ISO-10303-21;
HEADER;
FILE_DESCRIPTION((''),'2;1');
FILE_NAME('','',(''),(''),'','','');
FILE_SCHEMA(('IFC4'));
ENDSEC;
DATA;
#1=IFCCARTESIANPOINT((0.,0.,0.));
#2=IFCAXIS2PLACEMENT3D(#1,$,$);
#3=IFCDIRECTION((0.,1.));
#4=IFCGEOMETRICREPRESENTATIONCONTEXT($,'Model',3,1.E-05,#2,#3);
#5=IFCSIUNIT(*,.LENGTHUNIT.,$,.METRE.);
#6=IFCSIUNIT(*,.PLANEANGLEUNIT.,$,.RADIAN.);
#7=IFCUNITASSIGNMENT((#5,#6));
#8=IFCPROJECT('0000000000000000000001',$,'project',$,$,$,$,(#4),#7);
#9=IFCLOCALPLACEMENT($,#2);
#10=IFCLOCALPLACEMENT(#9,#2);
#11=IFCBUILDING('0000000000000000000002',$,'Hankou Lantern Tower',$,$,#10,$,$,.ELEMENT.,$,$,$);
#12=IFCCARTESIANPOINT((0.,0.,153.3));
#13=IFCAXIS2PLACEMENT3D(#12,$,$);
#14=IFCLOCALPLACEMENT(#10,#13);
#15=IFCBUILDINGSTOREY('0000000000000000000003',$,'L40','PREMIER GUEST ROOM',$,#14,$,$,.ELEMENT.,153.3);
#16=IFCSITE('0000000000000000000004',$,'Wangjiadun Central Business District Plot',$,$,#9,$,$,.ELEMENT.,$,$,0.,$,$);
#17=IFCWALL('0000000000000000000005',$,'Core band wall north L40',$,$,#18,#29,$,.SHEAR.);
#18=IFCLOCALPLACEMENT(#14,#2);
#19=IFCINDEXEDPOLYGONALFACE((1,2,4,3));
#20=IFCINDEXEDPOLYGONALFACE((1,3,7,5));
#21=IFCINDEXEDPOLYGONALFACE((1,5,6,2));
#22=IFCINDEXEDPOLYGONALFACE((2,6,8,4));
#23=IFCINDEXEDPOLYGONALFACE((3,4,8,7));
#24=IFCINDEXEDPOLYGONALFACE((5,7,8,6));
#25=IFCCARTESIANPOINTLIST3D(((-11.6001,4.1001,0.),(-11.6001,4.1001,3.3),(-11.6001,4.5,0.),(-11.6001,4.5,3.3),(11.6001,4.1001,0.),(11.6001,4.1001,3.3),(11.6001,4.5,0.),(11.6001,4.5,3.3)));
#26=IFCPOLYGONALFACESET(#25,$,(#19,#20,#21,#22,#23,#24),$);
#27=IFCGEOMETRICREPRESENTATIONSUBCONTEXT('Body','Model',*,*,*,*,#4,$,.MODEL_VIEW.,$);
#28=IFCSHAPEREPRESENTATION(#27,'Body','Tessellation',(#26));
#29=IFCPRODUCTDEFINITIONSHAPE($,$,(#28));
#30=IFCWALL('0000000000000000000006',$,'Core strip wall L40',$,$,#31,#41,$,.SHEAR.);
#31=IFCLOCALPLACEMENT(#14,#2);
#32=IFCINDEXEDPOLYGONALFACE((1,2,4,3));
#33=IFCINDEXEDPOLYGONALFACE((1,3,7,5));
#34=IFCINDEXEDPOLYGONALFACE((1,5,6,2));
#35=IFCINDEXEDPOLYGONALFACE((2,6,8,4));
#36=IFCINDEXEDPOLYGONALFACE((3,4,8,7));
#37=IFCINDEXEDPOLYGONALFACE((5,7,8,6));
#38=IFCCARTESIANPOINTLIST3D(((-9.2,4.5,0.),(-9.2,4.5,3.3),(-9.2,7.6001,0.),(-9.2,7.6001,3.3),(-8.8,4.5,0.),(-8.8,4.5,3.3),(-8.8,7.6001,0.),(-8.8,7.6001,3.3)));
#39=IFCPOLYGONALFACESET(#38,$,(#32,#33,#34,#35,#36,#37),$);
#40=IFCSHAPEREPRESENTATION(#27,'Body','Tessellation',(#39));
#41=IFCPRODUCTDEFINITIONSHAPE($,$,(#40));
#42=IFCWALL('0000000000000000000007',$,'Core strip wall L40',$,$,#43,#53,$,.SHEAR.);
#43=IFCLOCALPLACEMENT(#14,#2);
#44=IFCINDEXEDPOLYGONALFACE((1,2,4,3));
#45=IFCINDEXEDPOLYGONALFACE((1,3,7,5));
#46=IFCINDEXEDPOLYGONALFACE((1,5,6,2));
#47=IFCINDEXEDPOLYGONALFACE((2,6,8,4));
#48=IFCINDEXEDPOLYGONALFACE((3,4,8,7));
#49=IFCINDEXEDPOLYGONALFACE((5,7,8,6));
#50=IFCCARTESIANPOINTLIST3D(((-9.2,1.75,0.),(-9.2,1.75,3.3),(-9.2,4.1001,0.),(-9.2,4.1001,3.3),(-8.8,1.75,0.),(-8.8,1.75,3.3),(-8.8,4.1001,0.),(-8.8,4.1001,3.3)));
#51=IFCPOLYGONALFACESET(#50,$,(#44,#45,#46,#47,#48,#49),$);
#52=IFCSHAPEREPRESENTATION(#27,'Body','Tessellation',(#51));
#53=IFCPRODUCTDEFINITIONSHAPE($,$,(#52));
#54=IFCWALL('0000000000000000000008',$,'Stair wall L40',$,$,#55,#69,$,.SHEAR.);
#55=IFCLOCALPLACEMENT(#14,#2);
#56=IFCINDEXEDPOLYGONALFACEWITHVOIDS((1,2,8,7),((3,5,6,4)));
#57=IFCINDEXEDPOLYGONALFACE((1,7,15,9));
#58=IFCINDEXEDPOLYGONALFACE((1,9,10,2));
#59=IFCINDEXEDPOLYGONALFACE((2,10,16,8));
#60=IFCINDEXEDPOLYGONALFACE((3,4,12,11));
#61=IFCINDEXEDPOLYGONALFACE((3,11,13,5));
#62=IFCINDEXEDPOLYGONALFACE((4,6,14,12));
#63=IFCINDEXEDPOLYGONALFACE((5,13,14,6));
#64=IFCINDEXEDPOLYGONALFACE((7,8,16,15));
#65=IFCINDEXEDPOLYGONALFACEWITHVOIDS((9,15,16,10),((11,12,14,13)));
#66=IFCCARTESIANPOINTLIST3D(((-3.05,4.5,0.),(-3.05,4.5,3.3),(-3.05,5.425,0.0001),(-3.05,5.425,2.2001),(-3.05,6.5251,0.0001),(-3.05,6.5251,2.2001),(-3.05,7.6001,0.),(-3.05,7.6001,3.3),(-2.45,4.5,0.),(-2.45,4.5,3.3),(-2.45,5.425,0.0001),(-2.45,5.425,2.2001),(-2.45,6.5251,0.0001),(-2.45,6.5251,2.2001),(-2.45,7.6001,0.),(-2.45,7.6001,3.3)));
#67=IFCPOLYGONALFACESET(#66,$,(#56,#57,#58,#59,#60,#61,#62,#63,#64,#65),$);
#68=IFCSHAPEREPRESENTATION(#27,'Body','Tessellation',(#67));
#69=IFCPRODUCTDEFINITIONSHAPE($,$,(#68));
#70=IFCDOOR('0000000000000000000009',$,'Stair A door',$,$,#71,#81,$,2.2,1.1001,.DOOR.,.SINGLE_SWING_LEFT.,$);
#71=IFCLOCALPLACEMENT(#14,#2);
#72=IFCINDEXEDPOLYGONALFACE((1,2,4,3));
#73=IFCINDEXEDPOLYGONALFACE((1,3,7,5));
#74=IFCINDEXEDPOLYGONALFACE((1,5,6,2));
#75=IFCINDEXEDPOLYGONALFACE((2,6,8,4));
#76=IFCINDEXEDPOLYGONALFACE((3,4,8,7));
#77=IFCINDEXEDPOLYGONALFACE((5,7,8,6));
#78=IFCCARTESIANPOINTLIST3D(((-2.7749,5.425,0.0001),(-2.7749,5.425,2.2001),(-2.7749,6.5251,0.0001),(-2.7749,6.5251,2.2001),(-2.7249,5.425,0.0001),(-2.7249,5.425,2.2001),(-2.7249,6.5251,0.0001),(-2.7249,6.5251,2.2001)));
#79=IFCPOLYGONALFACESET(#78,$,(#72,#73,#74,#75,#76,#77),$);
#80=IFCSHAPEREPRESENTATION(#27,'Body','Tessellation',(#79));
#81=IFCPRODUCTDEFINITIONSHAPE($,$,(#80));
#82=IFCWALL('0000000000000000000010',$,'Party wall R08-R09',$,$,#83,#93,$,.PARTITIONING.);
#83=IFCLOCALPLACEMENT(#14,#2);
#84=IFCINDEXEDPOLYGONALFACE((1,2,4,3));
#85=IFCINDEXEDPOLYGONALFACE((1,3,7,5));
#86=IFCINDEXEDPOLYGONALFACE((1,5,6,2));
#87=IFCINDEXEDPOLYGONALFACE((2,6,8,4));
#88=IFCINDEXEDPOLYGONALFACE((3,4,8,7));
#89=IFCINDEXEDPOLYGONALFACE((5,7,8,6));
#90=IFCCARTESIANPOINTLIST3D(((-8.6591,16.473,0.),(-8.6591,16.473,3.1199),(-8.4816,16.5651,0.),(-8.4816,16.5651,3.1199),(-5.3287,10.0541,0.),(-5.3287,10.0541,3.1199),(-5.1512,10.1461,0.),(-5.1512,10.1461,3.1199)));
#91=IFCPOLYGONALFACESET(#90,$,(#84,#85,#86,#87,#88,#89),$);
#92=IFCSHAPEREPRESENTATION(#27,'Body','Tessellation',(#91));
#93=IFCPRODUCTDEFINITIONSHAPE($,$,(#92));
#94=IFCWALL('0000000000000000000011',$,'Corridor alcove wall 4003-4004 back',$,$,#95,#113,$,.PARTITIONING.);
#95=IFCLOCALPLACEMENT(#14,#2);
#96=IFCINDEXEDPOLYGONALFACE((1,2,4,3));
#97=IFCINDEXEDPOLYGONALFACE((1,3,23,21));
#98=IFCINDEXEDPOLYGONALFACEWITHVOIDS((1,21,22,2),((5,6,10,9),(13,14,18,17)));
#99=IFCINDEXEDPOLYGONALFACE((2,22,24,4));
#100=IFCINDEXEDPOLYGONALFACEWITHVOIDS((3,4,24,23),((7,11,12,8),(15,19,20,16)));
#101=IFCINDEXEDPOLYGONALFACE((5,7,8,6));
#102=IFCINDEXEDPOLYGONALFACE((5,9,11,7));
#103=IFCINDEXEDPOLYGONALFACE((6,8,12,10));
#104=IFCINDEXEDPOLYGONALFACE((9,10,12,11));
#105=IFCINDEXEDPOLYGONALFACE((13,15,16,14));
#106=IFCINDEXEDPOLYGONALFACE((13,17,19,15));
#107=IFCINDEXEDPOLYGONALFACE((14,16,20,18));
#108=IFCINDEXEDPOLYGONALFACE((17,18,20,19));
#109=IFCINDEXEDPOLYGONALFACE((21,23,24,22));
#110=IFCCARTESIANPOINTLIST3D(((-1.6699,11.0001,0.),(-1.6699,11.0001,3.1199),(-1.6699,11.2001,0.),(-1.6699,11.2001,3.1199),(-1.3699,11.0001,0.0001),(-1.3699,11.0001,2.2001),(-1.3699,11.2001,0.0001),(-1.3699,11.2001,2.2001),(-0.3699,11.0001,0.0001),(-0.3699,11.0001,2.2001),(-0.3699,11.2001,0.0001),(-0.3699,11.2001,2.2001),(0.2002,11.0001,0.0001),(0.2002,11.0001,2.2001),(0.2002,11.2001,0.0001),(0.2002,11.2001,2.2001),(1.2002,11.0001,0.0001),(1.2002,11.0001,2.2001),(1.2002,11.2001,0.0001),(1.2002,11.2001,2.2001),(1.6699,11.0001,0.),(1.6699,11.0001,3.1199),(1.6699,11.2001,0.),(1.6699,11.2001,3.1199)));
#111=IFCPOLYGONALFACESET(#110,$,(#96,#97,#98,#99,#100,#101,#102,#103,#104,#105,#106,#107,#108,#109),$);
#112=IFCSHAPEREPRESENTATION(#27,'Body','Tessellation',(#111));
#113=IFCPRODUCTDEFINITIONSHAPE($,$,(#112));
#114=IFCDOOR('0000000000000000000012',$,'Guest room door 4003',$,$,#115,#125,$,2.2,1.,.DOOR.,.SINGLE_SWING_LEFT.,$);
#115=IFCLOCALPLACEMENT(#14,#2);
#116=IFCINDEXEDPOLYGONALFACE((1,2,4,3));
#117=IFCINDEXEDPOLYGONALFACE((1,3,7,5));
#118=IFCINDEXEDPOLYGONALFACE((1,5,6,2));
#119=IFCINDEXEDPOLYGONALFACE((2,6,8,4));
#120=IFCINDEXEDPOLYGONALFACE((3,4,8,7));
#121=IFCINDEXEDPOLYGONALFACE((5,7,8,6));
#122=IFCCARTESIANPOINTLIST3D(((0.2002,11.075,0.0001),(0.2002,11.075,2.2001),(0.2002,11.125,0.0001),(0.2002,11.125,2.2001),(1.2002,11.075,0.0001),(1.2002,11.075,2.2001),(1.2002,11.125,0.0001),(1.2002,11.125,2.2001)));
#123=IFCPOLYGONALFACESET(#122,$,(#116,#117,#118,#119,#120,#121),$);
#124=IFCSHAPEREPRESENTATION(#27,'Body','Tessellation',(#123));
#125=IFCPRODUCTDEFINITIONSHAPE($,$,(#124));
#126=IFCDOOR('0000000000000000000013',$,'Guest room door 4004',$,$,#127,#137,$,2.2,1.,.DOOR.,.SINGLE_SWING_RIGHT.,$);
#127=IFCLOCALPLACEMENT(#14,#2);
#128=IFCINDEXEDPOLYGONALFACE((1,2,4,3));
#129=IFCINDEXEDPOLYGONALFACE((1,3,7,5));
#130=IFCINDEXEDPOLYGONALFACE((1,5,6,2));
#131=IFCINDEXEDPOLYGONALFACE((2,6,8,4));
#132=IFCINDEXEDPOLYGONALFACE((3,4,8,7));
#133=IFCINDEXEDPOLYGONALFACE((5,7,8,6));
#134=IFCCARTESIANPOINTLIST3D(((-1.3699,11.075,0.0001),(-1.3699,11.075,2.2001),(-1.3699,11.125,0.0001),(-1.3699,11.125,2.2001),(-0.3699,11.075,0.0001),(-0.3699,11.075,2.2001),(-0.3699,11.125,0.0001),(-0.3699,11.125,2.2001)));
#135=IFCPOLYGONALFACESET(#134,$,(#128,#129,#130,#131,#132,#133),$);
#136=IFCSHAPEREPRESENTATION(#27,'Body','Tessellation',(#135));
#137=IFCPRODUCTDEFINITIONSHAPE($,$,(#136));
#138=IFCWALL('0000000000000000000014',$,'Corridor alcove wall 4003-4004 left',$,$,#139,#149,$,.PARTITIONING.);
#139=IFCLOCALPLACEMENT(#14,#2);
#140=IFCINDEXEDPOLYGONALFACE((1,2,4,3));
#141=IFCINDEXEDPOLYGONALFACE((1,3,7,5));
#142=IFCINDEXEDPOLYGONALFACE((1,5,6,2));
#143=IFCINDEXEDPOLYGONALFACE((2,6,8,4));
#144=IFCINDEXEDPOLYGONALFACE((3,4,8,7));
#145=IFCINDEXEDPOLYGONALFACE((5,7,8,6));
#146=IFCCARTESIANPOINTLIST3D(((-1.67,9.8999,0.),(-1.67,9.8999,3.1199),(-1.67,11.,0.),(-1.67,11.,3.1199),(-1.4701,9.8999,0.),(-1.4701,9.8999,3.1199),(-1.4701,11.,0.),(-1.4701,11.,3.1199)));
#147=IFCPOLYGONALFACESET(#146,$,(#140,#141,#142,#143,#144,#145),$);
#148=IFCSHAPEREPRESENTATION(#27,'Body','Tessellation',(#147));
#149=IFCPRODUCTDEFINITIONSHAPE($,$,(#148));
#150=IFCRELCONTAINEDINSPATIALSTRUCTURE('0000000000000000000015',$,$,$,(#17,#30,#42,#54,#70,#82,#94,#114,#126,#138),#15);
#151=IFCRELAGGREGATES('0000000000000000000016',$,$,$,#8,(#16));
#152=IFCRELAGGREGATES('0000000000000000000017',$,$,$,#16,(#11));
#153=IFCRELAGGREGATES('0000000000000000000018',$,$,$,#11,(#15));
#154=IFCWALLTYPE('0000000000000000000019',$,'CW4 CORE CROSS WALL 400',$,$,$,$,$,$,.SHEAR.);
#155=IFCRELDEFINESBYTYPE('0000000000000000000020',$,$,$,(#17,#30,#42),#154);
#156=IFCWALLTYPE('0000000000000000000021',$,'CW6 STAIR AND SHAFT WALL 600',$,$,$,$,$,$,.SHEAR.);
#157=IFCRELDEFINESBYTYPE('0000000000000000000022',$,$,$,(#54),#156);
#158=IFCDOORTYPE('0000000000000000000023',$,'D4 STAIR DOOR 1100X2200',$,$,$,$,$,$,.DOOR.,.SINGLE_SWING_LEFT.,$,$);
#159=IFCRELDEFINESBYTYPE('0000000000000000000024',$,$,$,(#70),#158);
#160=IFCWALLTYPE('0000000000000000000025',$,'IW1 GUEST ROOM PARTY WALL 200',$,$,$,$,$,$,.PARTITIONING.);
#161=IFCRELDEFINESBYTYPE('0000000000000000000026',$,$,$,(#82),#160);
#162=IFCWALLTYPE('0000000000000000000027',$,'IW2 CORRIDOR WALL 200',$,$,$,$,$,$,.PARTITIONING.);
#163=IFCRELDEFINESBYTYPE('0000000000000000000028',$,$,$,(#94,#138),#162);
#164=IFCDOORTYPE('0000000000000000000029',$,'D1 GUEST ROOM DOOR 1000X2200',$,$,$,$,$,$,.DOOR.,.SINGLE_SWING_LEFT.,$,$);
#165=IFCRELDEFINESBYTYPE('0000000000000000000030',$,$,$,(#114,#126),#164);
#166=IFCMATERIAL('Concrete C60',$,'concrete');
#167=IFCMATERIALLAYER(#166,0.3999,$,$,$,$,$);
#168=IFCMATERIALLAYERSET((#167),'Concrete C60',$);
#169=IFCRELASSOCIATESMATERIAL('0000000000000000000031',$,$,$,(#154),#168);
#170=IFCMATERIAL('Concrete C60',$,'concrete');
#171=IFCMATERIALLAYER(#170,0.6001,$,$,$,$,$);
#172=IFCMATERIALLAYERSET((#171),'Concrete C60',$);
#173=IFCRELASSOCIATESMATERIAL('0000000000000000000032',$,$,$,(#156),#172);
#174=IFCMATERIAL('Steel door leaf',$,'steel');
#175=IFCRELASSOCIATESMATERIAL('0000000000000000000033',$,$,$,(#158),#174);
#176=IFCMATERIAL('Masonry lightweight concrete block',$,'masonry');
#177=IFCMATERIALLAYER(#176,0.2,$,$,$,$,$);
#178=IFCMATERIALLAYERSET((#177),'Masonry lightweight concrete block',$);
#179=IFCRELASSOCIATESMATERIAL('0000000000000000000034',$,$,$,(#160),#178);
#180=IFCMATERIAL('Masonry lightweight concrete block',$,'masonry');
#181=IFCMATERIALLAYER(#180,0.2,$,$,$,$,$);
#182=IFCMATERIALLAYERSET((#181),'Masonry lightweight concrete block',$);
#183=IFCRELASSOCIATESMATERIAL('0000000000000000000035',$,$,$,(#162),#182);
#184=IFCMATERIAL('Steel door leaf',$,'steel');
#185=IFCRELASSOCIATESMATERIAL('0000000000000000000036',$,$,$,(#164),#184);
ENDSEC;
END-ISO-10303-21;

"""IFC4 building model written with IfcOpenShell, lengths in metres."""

from ifc_helpers import new_model, si_unit, direction, frame, frame_2d, origin, place, context, subcontext, project, spatial, rectangle, extrude, material, layer, layer_set, type_object, element, fill, save


model = new_model("IFC4")

# Units and contexts
model_context = context("Model", 3, precision=1e-05, world=origin(), true_north=direction((0.0, 1.0)))
body_context = subcontext(model_context, "Body", "Model", "MODEL_VIEW")
ifc_project = project(units=[si_unit("LENGTHUNIT", "METRE"), si_unit("PLANEANGLEUNIT", "RADIAN")], contexts=[model_context])

# Site, building, storey
site_placement = place(None, origin())
site = spatial("IfcSite", under=ifc_project, at=site_placement, Name="Wangjiadun Central Business District Plot", CompositionType="ELEMENT", RefElevation=0.0)
building_placement = place(site_placement, origin())
building = spatial("IfcBuilding", under=site, at=building_placement, Name="Hankou Lantern Tower", CompositionType="ELEMENT")
storey_placement = place(building_placement, frame((0.0, 0.0, 153.3)))
storey = spatial("IfcBuildingStorey", under=building, at=storey_placement, Name="L40", Description="PREMIER GUEST ROOM", CompositionType="ELEMENT", Elevation=153.3)

# Walls
ifc_material_1 = material(Name="Concrete C60", Category="concrete")
ifc_layer_1 = layer(ifc_material_1, 0.3999)
ifc_layer_set_1 = layer_set([ifc_layer_1], Name="Concrete C60")
wall_type_1 = type_object("IfcWallType", Name="CW4 CORE CROSS WALL 400", PredefinedType="SHEAR", material=ifc_layer_set_1)
wall_1_placement = place(storey_placement, frame((-11.6001, 4.3, 0.0), z_axis=(0.0, 0.0, 1.0), x_axis=(1.0, 0.0, 0.0)))
element("IfcWall", 1, at=wall_1_placement, inside=storey, type_object=wall_type_1, Name="Core band wall north L40", PredefinedType="SHEAR", context=body_context, shape_type="SweptSolid", body=[
    extrude(rectangle(XDim=23.2002, YDim=0.3999, at=frame_2d((11.6001, 0.0))), origin(), (0.0, 0.0, 1.0), 3.3),
])
wall_2_placement = place(storey_placement, frame((-9.0, 4.5, 0.0), z_axis=(0.0, 0.0, 1.0), x_axis=(0.0, 1.0, 0.0)))
element("IfcWall", 2, at=wall_2_placement, inside=storey, type_object=wall_type_1, Name="Core strip wall L40", PredefinedType="SHEAR", context=body_context, shape_type="SweptSolid", body=[
    extrude(rectangle(XDim=3.1001, YDim=0.3999, at=frame_2d((1.55, 0.0))), origin(), (0.0, 0.0, 1.0), 3.3),
])
wall_3_placement = place(storey_placement, frame((-9.0, 1.75, 0.0), z_axis=(0.0, 0.0, 1.0), x_axis=(0.0, 1.0, 0.0)))
element("IfcWall", 3, at=wall_3_placement, inside=storey, type_object=wall_type_1, Name="Core strip wall L40", PredefinedType="SHEAR", context=body_context, shape_type="SweptSolid", body=[
    extrude(rectangle(XDim=2.3501, YDim=0.3999, at=frame_2d((1.175, 0.0))), origin(), (0.0, 0.0, 1.0), 3.3),
])

# Wall, opening, door
ifc_material_2 = material(Name="Concrete C60", Category="concrete")
ifc_layer_2 = layer(ifc_material_2, 0.6001)
ifc_layer_set_2 = layer_set([ifc_layer_2], Name="Concrete C60")
wall_type_2 = type_object("IfcWallType", Name="CW6 STAIR AND SHAFT WALL 600", PredefinedType="SHEAR", material=ifc_layer_set_2)
wall_4_placement = place(storey_placement, frame((-2.75, 4.5, 0.0), z_axis=(0.0, 0.0, 1.0), x_axis=(0.0, 1.0, 0.0)))
wall_4 = element("IfcWall", 4, at=wall_4_placement, inside=storey, type_object=wall_type_2, Name="Stair wall L40", PredefinedType="SHEAR", context=body_context, shape_type="SweptSolid", body=[
    extrude(rectangle(XDim=3.1001, YDim=0.6001, at=frame_2d((1.55, 0.0))), origin(), (0.0, 0.0, 1.0), 3.3),
])
opening_1_placement = place(wall_4_placement, frame((0.925, 0.0, 0.0)))
opening_1 = element("IfcOpeningElement", 5, at=opening_1_placement, cuts=wall_4, PredefinedType="OPENING", context=body_context, shape_type="SweptSolid", body=[
    extrude(rectangle(XDim=1.1001, YDim=2.2, at=frame_2d((0.55, 1.1001))), frame((0.0, 0.3101, 0.0), z_axis=(0.0, -1.0, 0.0), x_axis=(1.0, 0.0, 0.0)), (0.0, 0.0, 1.0), 0.6201),
])
ifc_material_3 = material(Name="Steel door leaf", Category="steel")
door_type_1 = type_object("IfcDoorType", Name="D4 STAIR DOOR 1100X2200", OperationType="SINGLE_SWING_LEFT", PredefinedType="DOOR", material=ifc_material_3)
door_1_placement = place(opening_1_placement, origin())
door_1 = element("IfcDoor", 6, at=door_1_placement, inside=storey, type_object=door_type_1, Name="Stair A door", OperationType="SINGLE_SWING_LEFT", OverallHeight=2.2, OverallWidth=1.1001, PredefinedType="DOOR", context=body_context, shape_type="SweptSolid", body=[
    extrude(rectangle(XDim=1.1001, YDim=2.2, at=frame_2d((0.55, 1.1001))), frame((0.0, 0.0249, 0.0), z_axis=(0.0, -1.0, 0.0), x_axis=(1.0, 0.0, 0.0)), (0.0, 0.0, 1.0), 0.05),
])
fill(opening_1, door_1)

# Wall
ifc_material_4 = material(Name="Masonry lightweight concrete block", Category="masonry")
ifc_layer_3 = layer(ifc_material_4, 0.2)
ifc_layer_set_3 = layer_set([ifc_layer_3], Name="Masonry lightweight concrete block")
wall_type_3 = type_object("IfcWallType", Name="IW1 GUEST ROOM PARTY WALL 200", PredefinedType="PARTITIONING", material=ifc_layer_set_3)
wall_5_placement = place(storey_placement, frame((-5.24, 10.1001, 0.0), z_axis=(0.0, 0.0, 1.0), x_axis=(-0.460533, 0.887643, 0.0)))
element("IfcWall", 7, at=wall_5_placement, inside=storey, type_object=wall_type_3, Name="Party wall R08-R09", PredefinedType="PARTITIONING", context=body_context, shape_type="SweptSolid", body=[
    extrude(rectangle(XDim=7.2314, YDim=0.2, at=frame_2d((3.6157, 0.0))), origin(), (0.0, 0.0, 1.0), 3.1199),
])

# Wall, openings, doors
ifc_material_5 = material(Name="Masonry lightweight concrete block", Category="masonry")
ifc_layer_4 = layer(ifc_material_5, 0.2)
ifc_layer_set_4 = layer_set([ifc_layer_4], Name="Masonry lightweight concrete block")
wall_type_4 = type_object("IfcWallType", Name="IW2 CORRIDOR WALL 200", PredefinedType="PARTITIONING", material=ifc_layer_set_4)
wall_6_placement = place(storey_placement, frame((-1.6699, 11.1001, 0.0), z_axis=(0.0, 0.0, 1.0), x_axis=(1.0, 0.0, 0.0)))
wall_6 = element("IfcWall", 8, at=wall_6_placement, inside=storey, type_object=wall_type_4, Name="Corridor alcove wall 4003-4004 back", PredefinedType="PARTITIONING", context=body_context, shape_type="SweptSolid", body=[
    extrude(rectangle(XDim=3.3398, YDim=0.2, at=frame_2d((1.6699, 0.0))), origin(), (0.0, 0.0, 1.0), 3.1199),
])
opening_2_placement = place(wall_6_placement, frame((1.8701, 0.0, 0.0)))
opening_2 = element("IfcOpeningElement", 9, at=opening_2_placement, cuts=wall_6, PredefinedType="OPENING", context=body_context, shape_type="SweptSolid", body=[
    extrude(rectangle(XDim=1.0, YDim=2.2, at=frame_2d((0.5, 1.1001))), frame((0.0, 0.1099, 0.0), z_axis=(0.0, -1.0, 0.0), x_axis=(1.0, 0.0, 0.0)), (0.0, 0.0, 1.0), 0.22),
])
opening_3_placement = place(wall_6_placement, frame((0.3, 0.0, 0.0)))
opening_3 = element("IfcOpeningElement", 10, at=opening_3_placement, cuts=wall_6, PredefinedType="OPENING", context=body_context, shape_type="SweptSolid", body=[
    extrude(rectangle(XDim=1.0, YDim=2.2, at=frame_2d((0.5, 1.1001))), frame((0.0, 0.1099, 0.0), z_axis=(0.0, -1.0, 0.0), x_axis=(1.0, 0.0, 0.0)), (0.0, 0.0, 1.0), 0.22),
])
ifc_material_6 = material(Name="Steel door leaf", Category="steel")
door_type_2 = type_object("IfcDoorType", Name="D1 GUEST ROOM DOOR 1000X2200", OperationType="SINGLE_SWING_LEFT", PredefinedType="DOOR", material=ifc_material_6)
door_2_placement = place(opening_2_placement, origin())
door_2 = element("IfcDoor", 11, at=door_2_placement, inside=storey, type_object=door_type_2, Name="Guest room door 4003", OperationType="SINGLE_SWING_LEFT", OverallHeight=2.2, OverallWidth=1.0, PredefinedType="DOOR", context=body_context, shape_type="SweptSolid", body=[
    extrude(rectangle(XDim=1.0, YDim=2.2, at=frame_2d((0.5, 1.1001))), frame((0.0, 0.0249, 0.0), z_axis=(0.0, -1.0, 0.0), x_axis=(1.0, 0.0, 0.0)), (0.0, 0.0, 1.0), 0.05),
])
fill(opening_2, door_2)
door_3_placement = place(opening_3_placement, origin())
door_3 = element("IfcDoor", 12, at=door_3_placement, inside=storey, type_object=door_type_2, Name="Guest room door 4004", OperationType="SINGLE_SWING_RIGHT", OverallHeight=2.2, OverallWidth=1.0, PredefinedType="DOOR", context=body_context, shape_type="SweptSolid", body=[
    extrude(rectangle(XDim=1.0, YDim=2.2, at=frame_2d((0.5, 1.1001))), frame((0.0, 0.0249, 0.0), z_axis=(0.0, -1.0, 0.0), x_axis=(1.0, 0.0, 0.0)), (0.0, 0.0, 1.0), 0.05),
])
fill(opening_3, door_3)

# Wall
wall_7_placement = place(storey_placement, frame((-1.5701, 9.8999, 0.0), z_axis=(0.0, 0.0, 1.0), x_axis=(0.0, 1.0, 0.0)))
element("IfcWall", 13, at=wall_7_placement, inside=storey, type_object=wall_type_4, Name="Corridor alcove wall 4003-4004 left", PredefinedType="PARTITIONING", context=body_context, shape_type="SweptSolid", body=[
    extrude(rectangle(XDim=1.1001, YDim=0.2, at=frame_2d((0.55, 0.0))), origin(), (0.0, 0.0, 1.0), 3.1199),
])

save(model, "model.ifc")
